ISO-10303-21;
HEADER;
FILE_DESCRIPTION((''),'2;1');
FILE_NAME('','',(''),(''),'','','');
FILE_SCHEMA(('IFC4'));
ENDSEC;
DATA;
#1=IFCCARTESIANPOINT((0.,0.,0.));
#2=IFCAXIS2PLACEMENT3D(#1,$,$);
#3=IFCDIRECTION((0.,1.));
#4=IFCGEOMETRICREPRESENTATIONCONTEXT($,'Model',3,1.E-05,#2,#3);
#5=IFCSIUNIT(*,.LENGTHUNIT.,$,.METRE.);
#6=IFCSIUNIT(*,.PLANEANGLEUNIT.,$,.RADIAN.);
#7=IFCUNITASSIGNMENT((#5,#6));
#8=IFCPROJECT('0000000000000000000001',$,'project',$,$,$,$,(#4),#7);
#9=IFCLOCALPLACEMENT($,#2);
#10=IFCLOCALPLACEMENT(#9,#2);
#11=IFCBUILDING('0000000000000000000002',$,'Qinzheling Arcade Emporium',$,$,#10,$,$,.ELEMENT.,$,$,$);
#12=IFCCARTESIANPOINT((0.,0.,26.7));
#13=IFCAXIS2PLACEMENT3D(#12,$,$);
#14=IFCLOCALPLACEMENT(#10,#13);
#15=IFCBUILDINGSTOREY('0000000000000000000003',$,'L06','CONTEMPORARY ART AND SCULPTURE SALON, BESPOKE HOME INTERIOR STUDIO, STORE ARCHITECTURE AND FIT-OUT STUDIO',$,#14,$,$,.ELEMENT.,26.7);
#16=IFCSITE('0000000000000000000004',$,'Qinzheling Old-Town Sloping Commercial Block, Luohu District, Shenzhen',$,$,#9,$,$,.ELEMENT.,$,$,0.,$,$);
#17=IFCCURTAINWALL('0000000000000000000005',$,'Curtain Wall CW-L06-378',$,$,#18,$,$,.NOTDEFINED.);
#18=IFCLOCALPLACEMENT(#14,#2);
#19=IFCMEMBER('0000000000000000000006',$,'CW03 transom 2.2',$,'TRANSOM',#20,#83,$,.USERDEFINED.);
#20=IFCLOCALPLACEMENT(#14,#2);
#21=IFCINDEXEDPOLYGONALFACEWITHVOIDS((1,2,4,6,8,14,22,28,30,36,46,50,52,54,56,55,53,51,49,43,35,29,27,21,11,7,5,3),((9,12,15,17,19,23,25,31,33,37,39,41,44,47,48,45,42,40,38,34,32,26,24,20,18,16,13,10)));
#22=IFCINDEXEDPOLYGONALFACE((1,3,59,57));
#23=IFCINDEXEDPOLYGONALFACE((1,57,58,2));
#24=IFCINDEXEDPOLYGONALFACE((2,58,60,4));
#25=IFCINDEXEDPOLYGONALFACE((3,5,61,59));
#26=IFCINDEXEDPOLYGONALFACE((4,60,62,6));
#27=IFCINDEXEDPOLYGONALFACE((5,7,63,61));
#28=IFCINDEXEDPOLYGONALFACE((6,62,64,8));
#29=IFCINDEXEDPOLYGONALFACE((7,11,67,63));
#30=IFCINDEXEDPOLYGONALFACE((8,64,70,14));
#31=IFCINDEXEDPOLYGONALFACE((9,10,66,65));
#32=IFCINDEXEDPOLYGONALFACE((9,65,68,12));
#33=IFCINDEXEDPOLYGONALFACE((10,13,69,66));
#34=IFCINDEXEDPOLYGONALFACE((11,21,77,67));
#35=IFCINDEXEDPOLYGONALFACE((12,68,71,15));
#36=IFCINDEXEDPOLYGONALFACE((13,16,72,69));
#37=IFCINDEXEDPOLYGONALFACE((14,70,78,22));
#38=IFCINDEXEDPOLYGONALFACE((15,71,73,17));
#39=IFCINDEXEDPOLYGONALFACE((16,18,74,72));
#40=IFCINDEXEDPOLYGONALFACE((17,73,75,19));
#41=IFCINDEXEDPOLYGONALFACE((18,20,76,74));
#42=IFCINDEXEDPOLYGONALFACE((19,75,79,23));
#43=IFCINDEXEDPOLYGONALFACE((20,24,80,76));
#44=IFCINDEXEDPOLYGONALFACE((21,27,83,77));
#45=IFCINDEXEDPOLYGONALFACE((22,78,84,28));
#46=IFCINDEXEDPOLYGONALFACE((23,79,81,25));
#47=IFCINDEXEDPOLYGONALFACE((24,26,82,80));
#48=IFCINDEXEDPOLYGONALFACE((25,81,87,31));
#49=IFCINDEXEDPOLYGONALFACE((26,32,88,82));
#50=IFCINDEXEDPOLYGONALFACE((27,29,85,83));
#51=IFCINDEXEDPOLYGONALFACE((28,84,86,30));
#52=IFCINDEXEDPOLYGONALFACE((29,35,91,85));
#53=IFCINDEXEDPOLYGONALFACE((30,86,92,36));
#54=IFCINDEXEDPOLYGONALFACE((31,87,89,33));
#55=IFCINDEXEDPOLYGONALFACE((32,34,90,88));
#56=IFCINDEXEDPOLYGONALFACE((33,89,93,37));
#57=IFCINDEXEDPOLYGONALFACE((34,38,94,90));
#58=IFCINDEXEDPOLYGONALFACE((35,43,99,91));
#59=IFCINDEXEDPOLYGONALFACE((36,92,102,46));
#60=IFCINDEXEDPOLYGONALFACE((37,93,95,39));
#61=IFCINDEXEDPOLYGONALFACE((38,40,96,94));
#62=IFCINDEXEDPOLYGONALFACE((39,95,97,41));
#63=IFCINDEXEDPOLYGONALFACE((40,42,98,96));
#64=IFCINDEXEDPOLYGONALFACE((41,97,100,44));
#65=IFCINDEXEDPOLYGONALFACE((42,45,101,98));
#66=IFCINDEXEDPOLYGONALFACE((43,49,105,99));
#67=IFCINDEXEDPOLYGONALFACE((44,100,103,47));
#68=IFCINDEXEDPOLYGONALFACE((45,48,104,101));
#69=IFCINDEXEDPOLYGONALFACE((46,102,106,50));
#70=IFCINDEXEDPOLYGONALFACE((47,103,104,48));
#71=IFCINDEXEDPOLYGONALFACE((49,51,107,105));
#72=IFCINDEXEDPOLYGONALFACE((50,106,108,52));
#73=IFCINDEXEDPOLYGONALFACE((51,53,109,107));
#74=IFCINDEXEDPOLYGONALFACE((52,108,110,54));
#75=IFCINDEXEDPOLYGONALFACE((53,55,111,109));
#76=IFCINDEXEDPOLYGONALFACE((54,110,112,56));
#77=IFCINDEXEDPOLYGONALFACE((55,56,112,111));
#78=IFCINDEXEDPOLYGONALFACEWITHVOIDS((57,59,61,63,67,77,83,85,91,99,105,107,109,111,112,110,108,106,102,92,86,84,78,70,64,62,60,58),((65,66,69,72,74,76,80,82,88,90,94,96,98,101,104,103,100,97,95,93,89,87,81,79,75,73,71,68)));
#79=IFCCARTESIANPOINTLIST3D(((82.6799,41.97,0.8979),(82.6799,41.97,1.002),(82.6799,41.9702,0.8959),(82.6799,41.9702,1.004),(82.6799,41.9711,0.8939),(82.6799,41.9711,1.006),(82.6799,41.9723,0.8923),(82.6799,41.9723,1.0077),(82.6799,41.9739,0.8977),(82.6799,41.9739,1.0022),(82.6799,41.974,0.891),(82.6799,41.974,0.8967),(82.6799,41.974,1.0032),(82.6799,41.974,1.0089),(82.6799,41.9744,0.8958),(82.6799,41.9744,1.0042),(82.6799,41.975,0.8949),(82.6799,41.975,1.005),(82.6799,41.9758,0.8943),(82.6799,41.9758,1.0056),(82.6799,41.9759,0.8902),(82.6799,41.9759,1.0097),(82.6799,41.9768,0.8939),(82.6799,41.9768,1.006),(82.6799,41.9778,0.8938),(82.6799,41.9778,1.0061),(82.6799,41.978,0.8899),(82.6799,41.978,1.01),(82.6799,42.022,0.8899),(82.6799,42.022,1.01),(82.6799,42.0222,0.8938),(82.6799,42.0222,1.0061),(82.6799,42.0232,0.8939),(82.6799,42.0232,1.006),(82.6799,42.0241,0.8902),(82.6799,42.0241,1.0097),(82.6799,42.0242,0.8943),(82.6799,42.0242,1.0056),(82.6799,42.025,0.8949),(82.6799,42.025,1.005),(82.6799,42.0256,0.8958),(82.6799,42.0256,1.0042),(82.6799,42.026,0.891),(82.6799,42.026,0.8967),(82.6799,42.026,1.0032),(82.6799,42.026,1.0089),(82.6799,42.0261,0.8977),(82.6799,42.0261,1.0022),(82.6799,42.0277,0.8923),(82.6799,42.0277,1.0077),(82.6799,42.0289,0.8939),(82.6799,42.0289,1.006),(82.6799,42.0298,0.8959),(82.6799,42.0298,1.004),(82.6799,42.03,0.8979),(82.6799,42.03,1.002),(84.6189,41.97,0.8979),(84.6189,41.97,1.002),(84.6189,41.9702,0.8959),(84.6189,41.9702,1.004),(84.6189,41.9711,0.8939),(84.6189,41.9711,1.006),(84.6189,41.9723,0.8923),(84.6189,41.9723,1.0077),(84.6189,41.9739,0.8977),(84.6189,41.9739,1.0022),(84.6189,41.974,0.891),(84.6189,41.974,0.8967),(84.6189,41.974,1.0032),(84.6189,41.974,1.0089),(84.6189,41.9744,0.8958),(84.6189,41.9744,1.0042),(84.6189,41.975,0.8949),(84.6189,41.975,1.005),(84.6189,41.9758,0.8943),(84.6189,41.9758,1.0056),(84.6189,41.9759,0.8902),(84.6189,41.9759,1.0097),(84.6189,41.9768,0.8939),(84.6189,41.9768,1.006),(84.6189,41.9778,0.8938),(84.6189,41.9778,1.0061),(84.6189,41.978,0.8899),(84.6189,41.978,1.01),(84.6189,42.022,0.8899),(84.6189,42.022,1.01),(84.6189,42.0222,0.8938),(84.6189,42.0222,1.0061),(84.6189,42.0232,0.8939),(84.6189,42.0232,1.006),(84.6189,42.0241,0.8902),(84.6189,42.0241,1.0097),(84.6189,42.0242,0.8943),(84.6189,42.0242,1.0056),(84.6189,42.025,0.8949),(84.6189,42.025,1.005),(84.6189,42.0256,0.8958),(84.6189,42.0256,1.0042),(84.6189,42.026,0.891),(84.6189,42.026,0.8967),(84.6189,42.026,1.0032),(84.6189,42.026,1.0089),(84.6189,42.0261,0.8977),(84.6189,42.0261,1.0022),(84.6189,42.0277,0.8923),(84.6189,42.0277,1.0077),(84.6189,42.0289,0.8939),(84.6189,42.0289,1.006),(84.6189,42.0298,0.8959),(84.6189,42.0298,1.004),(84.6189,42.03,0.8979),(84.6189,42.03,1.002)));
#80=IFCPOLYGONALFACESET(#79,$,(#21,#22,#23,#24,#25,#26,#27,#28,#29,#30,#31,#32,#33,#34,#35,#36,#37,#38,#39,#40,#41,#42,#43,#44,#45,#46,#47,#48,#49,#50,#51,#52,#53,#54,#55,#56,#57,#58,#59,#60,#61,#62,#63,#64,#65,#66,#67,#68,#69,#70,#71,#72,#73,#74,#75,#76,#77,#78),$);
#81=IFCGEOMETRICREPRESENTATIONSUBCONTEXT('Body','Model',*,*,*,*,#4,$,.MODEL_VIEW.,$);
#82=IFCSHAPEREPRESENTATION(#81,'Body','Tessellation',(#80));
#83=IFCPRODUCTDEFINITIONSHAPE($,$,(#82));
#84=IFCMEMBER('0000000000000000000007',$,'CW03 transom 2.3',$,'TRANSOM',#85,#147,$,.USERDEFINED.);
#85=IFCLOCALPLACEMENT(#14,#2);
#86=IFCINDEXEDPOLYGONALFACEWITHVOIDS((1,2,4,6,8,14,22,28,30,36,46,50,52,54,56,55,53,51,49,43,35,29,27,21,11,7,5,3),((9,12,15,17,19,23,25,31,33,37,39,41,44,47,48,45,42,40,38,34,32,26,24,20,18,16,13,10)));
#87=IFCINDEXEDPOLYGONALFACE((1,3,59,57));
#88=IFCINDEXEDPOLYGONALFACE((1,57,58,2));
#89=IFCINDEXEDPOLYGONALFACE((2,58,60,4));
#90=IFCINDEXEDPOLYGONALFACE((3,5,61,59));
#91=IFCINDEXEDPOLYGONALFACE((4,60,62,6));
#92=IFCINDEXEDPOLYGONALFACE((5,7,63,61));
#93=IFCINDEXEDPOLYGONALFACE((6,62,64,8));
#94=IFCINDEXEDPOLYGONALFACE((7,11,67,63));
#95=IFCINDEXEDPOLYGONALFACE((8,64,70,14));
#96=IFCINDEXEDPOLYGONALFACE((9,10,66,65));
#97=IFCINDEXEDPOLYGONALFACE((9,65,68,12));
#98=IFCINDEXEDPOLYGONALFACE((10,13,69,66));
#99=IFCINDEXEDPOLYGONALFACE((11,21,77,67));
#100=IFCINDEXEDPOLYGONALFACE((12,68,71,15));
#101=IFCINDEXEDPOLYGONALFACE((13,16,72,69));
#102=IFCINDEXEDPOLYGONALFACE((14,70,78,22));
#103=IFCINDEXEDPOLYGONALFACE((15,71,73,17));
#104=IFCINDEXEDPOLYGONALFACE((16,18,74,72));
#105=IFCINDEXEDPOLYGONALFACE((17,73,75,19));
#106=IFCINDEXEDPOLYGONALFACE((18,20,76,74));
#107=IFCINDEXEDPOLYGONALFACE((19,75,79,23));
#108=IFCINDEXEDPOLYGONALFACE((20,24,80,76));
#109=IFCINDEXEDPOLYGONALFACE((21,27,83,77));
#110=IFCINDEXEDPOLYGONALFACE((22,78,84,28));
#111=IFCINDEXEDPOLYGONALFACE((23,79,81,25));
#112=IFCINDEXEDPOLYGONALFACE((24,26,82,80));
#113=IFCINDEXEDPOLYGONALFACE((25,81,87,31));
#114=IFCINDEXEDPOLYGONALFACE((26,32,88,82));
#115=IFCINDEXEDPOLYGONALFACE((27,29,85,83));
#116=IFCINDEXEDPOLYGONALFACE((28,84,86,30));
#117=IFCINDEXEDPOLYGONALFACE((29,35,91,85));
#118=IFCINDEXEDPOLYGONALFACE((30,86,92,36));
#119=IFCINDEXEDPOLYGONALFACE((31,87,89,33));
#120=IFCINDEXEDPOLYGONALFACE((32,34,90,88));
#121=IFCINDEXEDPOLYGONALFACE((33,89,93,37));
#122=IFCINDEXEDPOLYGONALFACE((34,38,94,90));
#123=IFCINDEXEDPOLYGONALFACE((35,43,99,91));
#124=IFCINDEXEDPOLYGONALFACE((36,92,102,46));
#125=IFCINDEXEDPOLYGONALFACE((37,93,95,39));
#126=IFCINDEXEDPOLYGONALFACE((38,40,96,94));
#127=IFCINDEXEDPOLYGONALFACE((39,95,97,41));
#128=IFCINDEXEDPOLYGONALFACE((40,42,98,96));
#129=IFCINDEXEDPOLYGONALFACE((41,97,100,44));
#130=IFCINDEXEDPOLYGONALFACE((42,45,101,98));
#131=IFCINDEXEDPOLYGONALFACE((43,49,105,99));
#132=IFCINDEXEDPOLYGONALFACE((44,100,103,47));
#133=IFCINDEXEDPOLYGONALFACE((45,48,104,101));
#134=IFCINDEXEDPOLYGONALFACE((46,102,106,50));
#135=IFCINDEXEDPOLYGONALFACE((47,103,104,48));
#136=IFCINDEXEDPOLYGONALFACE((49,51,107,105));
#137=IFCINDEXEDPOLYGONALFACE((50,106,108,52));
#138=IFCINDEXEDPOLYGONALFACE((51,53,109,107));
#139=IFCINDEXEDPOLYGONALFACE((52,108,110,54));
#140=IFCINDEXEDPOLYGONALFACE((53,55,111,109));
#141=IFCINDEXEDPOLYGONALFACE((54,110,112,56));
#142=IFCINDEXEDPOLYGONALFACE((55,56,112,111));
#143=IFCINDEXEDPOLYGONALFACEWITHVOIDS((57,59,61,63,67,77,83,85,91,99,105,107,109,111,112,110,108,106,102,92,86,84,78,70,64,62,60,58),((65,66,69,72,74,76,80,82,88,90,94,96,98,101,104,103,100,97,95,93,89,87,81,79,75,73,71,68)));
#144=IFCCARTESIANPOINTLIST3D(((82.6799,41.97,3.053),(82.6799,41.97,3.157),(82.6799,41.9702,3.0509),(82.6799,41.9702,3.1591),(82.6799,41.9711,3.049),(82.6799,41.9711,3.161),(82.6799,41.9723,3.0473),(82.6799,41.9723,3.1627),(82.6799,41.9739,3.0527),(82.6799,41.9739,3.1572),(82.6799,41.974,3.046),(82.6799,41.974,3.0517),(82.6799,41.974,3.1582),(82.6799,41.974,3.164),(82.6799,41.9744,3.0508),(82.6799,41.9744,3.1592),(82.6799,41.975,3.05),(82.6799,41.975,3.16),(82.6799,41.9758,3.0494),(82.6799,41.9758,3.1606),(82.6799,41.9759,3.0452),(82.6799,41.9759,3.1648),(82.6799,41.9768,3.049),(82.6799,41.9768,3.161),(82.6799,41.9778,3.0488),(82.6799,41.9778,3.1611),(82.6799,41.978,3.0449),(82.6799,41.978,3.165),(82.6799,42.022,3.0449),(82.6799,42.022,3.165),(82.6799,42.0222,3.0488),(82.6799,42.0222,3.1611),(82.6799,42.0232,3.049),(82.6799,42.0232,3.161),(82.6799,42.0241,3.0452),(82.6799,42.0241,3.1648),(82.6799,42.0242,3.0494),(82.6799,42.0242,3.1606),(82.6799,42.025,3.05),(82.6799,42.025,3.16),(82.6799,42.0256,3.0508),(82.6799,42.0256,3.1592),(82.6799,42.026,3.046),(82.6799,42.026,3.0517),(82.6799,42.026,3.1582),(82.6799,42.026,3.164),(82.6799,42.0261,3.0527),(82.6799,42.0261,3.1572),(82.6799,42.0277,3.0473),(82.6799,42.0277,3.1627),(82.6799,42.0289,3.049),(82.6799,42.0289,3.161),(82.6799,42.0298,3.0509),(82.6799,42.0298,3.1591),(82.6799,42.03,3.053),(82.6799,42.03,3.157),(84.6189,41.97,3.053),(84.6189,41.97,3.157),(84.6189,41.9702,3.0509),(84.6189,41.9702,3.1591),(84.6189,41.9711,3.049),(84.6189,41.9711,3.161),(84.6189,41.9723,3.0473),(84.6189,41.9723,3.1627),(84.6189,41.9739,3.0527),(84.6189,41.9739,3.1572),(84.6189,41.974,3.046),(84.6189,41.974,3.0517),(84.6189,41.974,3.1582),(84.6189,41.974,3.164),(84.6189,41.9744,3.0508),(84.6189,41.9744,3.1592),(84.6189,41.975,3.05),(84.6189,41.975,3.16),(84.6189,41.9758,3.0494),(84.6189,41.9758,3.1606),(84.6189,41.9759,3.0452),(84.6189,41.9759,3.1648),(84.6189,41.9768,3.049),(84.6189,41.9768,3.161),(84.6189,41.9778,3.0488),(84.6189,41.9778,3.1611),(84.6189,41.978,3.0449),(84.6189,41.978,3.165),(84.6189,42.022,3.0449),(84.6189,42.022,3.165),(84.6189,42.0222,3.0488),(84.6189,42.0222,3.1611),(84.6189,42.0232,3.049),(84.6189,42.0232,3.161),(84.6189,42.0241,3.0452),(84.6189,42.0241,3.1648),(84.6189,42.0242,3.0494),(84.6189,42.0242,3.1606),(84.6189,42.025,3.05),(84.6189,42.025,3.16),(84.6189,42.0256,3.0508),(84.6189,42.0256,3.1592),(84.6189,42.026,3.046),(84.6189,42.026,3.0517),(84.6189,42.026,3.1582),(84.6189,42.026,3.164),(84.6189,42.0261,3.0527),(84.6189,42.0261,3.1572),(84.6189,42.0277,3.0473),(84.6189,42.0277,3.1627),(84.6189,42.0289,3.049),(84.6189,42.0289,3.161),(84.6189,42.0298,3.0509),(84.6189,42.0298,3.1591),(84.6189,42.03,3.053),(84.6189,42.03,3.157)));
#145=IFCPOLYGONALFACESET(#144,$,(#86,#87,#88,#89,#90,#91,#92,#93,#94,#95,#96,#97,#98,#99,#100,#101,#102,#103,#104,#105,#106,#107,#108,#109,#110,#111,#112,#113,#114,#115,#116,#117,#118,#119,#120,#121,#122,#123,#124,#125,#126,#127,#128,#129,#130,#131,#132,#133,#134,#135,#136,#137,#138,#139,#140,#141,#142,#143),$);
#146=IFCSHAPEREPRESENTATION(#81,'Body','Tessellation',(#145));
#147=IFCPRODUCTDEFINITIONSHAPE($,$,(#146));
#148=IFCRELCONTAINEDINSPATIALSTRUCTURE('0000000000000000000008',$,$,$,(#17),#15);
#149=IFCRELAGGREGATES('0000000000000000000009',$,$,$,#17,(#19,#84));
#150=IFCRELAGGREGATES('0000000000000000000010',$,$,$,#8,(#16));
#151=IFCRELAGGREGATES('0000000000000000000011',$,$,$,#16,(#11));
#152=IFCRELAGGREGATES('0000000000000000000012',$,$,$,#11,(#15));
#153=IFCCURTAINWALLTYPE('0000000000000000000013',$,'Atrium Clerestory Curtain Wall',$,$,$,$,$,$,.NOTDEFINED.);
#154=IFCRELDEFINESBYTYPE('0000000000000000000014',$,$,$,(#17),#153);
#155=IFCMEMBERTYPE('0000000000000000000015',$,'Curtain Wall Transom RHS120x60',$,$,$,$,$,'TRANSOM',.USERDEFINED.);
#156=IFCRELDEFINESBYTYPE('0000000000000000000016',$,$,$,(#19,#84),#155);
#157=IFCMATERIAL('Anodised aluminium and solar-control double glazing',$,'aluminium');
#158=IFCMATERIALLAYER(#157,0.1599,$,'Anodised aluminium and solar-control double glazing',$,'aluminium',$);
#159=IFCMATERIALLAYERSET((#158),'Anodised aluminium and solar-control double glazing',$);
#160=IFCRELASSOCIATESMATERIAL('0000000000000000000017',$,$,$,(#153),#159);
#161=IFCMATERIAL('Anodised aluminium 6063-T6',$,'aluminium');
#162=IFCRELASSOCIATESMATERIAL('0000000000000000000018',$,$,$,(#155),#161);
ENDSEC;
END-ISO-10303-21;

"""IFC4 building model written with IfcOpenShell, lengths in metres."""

from ifc_helpers import new_model, si_unit, direction, frame, origin, origin_2d, place, context, subcontext, project, spatial, hollow_rectangle, extrude, material, layer, layer_set, material_profile, profile_set, type_object, element, aggregate, save


model = new_model("IFC4")

# Units and contexts
model_context = context("Model", 3, precision=1e-05, world=origin(), true_north=direction((0.0, 1.0)))
body_context = subcontext(model_context, "Body", "Model", "MODEL_VIEW")
ifc_project = project(units=[si_unit("LENGTHUNIT", "METRE"), si_unit("PLANEANGLEUNIT", "RADIAN")], contexts=[model_context])

# Site, building, storey
site_placement = place(None, origin())
site = spatial("IfcSite", under=ifc_project, at=site_placement, Name="Qinzheling Old-Town Sloping Commercial Block, Luohu District, Shenzhen", CompositionType="ELEMENT", RefElevation=0.0)
building_placement = place(site_placement, origin())
building = spatial("IfcBuilding", under=site, at=building_placement, Name="Qinzheling Arcade Emporium", CompositionType="ELEMENT")
storey_placement = place(building_placement, frame((0.0, 0.0, 26.7)))
storey = spatial("IfcBuildingStorey", under=building, at=storey_placement, Name="L06", Description="CONTEMPORARY ART AND SCULPTURE SALON, BESPOKE HOME INTERIOR STUDIO, STORE ARCHITECTURE AND FIT-OUT STUDIO", CompositionType="ELEMENT", Elevation=26.7)

# Curtain wall, members
ifc_material_1 = material(Name="Anodised aluminium and solar-control double glazing", Category="aluminium")
ifc_layer_1 = layer(ifc_material_1, 0.1599, Name="Anodised aluminium and solar-control double glazing", Category="aluminium")
ifc_layer_set_1 = layer_set([ifc_layer_1], Name="Anodised aluminium and solar-control double glazing")
curtain_wall_type = type_object("IfcCurtainWallType", Name="Atrium Clerestory Curtain Wall", PredefinedType="NOTDEFINED", material=ifc_layer_set_1)
curtain_wall_placement = place(storey_placement, origin())
curtain_wall = element("IfcCurtainWall", 1, at=curtain_wall_placement, inside=storey, type_object=curtain_wall_type, Name="Curtain Wall CW-L06-378", PredefinedType="NOTDEFINED")
ifc_material_2 = material(Name="Anodised aluminium 6063-T6", Category="aluminium")
ifc_material_profile_1 = material_profile(ifc_material_2, hollow_rectangle(XDim=0.0601, YDim=0.1201, WallThickness=0.0039, InnerFilletRadius=0.0039, OuterFilletRadius=0.0081, at=origin_2d()), Name="RHS 120x60x4", Category="aluminium")
ifc_profile_set_1 = profile_set([ifc_material_profile_1], Name="Anodised aluminium 6063-T6")
member_type_1 = type_object("IfcMemberType", Name="Curtain Wall Transom RHS120x60", ElementType="TRANSOM", PredefinedType="USERDEFINED", material=ifc_profile_set_1)
member_1_placement = place(storey_placement, frame((84.6189, 42.0, 0.95), z_axis=(-1.0, 0.0, 0.0), x_axis=(0.0, -1.0, 0.0)))
member_1 = element("IfcMember", 2, at=member_1_placement, type_object=member_type_1, Name="CW03 transom 2.2", ObjectType="TRANSOM", PredefinedType="USERDEFINED", context=body_context, shape_type="SweptSolid", body=[
    extrude(hollow_rectangle(XDim=0.0601, YDim=0.1201, WallThickness=0.0039, InnerFilletRadius=0.0039, OuterFilletRadius=0.0081, at=origin_2d()), origin(), (0.0, 0.0, 1.0), 1.939),
])
member_2_placement = place(storey_placement, frame((84.6189, 42.0, 3.105), z_axis=(-1.0, 0.0, 0.0), x_axis=(0.0, -1.0, 0.0)))
member_2 = element("IfcMember", 3, at=member_2_placement, type_object=member_type_1, Name="CW03 transom 2.3", ObjectType="TRANSOM", PredefinedType="USERDEFINED", context=body_context, shape_type="SweptSolid", body=[
    extrude(hollow_rectangle(XDim=0.0601, YDim=0.1201, WallThickness=0.0039, InnerFilletRadius=0.0039, OuterFilletRadius=0.0081, at=origin_2d()), origin(), (0.0, 0.0, 1.0), 1.939),
])
aggregate(curtain_wall, [member_1, member_2])

save(model, "model.ifc")
